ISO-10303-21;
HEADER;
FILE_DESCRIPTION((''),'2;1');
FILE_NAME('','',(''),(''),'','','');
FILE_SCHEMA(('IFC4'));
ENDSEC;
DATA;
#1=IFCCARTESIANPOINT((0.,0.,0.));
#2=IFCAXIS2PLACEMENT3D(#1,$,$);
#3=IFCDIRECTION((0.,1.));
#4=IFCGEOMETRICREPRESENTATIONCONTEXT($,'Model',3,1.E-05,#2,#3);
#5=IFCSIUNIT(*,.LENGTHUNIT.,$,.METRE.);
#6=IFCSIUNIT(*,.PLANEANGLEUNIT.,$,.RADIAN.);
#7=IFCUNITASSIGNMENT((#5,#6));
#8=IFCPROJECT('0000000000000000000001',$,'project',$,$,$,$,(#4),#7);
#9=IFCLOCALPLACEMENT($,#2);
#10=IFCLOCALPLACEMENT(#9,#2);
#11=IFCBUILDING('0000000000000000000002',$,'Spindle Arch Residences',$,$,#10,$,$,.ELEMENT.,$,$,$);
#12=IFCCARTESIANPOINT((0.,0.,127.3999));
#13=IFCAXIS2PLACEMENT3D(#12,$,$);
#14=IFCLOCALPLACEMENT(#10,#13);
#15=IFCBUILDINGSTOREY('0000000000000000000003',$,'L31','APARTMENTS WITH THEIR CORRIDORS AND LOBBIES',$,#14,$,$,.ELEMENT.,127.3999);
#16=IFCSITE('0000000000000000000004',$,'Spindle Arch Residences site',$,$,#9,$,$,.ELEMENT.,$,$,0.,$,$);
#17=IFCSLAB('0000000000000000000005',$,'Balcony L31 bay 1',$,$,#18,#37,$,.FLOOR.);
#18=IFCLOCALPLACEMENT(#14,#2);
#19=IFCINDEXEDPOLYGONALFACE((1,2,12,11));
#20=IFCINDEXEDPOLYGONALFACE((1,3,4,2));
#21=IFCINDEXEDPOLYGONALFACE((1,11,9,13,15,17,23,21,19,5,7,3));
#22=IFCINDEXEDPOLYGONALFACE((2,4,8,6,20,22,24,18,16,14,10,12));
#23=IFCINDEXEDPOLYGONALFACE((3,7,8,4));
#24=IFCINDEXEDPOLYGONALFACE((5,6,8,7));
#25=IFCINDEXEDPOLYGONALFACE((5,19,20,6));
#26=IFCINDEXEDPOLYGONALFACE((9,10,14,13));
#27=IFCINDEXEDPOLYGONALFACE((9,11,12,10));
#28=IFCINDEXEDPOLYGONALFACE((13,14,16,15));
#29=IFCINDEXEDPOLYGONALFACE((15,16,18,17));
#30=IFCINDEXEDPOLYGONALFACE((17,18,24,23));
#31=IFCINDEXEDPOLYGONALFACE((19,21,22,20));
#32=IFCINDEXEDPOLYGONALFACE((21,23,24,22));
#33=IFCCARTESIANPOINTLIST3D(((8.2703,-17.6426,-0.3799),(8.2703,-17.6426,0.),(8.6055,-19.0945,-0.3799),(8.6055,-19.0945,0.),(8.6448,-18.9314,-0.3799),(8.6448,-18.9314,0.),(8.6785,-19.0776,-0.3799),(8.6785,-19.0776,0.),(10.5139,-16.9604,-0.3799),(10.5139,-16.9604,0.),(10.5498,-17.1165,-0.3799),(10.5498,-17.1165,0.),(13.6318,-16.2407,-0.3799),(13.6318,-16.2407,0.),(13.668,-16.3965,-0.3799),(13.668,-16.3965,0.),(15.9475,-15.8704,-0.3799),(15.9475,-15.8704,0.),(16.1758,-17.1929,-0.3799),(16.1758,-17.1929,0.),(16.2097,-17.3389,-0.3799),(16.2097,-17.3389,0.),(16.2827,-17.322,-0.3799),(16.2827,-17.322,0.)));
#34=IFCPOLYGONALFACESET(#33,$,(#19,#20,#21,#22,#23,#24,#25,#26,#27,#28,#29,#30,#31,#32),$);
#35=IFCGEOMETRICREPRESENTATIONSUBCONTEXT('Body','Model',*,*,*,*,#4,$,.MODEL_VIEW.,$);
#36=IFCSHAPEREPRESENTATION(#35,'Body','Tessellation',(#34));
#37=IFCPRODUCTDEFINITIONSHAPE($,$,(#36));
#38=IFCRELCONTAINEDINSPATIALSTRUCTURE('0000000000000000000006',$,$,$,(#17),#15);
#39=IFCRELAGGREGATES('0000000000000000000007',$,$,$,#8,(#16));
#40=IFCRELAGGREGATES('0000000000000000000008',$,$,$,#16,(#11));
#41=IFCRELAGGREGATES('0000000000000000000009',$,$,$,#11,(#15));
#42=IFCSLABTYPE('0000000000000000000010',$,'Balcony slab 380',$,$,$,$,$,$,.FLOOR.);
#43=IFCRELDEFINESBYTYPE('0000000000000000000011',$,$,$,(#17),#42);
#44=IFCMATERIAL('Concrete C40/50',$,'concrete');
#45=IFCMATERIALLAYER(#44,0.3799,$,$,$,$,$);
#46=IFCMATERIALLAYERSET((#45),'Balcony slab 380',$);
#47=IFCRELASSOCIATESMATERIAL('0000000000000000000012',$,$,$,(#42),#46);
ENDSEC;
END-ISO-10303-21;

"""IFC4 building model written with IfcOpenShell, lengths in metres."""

from ifc_helpers import new_model, si_unit, direction, frame, origin, place, context, subcontext, project, spatial, polyline, outline, extrude, material, layer, layer_set, type_object, element, save


model = new_model("IFC4")

# Units and contexts
model_context = context("Model", 3, precision=1e-05, world=origin(), true_north=direction((0.0, 1.0)))
body_context = subcontext(model_context, "Body", "Model", "MODEL_VIEW")
ifc_project = project(units=[si_unit("LENGTHUNIT", "METRE"), si_unit("PLANEANGLEUNIT", "RADIAN")], contexts=[model_context])

# Site, building, storey
site_placement = place(None, origin())
site = spatial("IfcSite", under=ifc_project, at=site_placement, Name="Spindle Arch Residences site", CompositionType="ELEMENT", RefElevation=0.0)
building_placement = place(site_placement, origin())
building = spatial("IfcBuilding", under=site, at=building_placement, Name="Spindle Arch Residences", CompositionType="ELEMENT")
storey_placement = place(building_placement, frame((0.0, 0.0, 127.3999)))
storey = spatial("IfcBuildingStorey", under=building, at=storey_placement, Name="L31", Description="APARTMENTS WITH THEIR CORRIDORS AND LOBBIES", CompositionType="ELEMENT", Elevation=127.3999)

# Slab
ifc_material_1 = material(Name="Concrete C40/50", Category="concrete")
ifc_layer_1 = layer(ifc_material_1, 0.3799)
ifc_layer_set_1 = layer_set([ifc_layer_1], Name="Balcony slab 380")
slab_type_1 = type_object("IfcSlabType", Name="Balcony slab 380", PredefinedType="FLOOR", material=ifc_layer_set_1)
slab_1_placement = place(storey_placement, frame((0.0, 0.0, -0.3799)))
element("IfcSlab", 1, at=slab_1_placement, inside=storey, type_object=slab_type_1, Name="Balcony L31 bay 1", PredefinedType="FLOOR", context=body_context, shape_type="SweptSolid", body=[
    extrude(outline(polyline([(8.6055, -19.0945), (8.6785, -19.0776), (8.6448, -18.9314), (16.1758, -17.1929), (16.2097, -17.3389), (16.2827, -17.322), (15.9475, -15.8704), (13.668, -16.3965), (13.6318, -16.2407), (10.5139, -16.9604), (10.5498, -17.1165), (8.2703, -17.6426), (8.6055, -19.0945)])), origin(), (0.0, 0.0, 1.0), 0.3799),
])

save(model, "model.ifc")
